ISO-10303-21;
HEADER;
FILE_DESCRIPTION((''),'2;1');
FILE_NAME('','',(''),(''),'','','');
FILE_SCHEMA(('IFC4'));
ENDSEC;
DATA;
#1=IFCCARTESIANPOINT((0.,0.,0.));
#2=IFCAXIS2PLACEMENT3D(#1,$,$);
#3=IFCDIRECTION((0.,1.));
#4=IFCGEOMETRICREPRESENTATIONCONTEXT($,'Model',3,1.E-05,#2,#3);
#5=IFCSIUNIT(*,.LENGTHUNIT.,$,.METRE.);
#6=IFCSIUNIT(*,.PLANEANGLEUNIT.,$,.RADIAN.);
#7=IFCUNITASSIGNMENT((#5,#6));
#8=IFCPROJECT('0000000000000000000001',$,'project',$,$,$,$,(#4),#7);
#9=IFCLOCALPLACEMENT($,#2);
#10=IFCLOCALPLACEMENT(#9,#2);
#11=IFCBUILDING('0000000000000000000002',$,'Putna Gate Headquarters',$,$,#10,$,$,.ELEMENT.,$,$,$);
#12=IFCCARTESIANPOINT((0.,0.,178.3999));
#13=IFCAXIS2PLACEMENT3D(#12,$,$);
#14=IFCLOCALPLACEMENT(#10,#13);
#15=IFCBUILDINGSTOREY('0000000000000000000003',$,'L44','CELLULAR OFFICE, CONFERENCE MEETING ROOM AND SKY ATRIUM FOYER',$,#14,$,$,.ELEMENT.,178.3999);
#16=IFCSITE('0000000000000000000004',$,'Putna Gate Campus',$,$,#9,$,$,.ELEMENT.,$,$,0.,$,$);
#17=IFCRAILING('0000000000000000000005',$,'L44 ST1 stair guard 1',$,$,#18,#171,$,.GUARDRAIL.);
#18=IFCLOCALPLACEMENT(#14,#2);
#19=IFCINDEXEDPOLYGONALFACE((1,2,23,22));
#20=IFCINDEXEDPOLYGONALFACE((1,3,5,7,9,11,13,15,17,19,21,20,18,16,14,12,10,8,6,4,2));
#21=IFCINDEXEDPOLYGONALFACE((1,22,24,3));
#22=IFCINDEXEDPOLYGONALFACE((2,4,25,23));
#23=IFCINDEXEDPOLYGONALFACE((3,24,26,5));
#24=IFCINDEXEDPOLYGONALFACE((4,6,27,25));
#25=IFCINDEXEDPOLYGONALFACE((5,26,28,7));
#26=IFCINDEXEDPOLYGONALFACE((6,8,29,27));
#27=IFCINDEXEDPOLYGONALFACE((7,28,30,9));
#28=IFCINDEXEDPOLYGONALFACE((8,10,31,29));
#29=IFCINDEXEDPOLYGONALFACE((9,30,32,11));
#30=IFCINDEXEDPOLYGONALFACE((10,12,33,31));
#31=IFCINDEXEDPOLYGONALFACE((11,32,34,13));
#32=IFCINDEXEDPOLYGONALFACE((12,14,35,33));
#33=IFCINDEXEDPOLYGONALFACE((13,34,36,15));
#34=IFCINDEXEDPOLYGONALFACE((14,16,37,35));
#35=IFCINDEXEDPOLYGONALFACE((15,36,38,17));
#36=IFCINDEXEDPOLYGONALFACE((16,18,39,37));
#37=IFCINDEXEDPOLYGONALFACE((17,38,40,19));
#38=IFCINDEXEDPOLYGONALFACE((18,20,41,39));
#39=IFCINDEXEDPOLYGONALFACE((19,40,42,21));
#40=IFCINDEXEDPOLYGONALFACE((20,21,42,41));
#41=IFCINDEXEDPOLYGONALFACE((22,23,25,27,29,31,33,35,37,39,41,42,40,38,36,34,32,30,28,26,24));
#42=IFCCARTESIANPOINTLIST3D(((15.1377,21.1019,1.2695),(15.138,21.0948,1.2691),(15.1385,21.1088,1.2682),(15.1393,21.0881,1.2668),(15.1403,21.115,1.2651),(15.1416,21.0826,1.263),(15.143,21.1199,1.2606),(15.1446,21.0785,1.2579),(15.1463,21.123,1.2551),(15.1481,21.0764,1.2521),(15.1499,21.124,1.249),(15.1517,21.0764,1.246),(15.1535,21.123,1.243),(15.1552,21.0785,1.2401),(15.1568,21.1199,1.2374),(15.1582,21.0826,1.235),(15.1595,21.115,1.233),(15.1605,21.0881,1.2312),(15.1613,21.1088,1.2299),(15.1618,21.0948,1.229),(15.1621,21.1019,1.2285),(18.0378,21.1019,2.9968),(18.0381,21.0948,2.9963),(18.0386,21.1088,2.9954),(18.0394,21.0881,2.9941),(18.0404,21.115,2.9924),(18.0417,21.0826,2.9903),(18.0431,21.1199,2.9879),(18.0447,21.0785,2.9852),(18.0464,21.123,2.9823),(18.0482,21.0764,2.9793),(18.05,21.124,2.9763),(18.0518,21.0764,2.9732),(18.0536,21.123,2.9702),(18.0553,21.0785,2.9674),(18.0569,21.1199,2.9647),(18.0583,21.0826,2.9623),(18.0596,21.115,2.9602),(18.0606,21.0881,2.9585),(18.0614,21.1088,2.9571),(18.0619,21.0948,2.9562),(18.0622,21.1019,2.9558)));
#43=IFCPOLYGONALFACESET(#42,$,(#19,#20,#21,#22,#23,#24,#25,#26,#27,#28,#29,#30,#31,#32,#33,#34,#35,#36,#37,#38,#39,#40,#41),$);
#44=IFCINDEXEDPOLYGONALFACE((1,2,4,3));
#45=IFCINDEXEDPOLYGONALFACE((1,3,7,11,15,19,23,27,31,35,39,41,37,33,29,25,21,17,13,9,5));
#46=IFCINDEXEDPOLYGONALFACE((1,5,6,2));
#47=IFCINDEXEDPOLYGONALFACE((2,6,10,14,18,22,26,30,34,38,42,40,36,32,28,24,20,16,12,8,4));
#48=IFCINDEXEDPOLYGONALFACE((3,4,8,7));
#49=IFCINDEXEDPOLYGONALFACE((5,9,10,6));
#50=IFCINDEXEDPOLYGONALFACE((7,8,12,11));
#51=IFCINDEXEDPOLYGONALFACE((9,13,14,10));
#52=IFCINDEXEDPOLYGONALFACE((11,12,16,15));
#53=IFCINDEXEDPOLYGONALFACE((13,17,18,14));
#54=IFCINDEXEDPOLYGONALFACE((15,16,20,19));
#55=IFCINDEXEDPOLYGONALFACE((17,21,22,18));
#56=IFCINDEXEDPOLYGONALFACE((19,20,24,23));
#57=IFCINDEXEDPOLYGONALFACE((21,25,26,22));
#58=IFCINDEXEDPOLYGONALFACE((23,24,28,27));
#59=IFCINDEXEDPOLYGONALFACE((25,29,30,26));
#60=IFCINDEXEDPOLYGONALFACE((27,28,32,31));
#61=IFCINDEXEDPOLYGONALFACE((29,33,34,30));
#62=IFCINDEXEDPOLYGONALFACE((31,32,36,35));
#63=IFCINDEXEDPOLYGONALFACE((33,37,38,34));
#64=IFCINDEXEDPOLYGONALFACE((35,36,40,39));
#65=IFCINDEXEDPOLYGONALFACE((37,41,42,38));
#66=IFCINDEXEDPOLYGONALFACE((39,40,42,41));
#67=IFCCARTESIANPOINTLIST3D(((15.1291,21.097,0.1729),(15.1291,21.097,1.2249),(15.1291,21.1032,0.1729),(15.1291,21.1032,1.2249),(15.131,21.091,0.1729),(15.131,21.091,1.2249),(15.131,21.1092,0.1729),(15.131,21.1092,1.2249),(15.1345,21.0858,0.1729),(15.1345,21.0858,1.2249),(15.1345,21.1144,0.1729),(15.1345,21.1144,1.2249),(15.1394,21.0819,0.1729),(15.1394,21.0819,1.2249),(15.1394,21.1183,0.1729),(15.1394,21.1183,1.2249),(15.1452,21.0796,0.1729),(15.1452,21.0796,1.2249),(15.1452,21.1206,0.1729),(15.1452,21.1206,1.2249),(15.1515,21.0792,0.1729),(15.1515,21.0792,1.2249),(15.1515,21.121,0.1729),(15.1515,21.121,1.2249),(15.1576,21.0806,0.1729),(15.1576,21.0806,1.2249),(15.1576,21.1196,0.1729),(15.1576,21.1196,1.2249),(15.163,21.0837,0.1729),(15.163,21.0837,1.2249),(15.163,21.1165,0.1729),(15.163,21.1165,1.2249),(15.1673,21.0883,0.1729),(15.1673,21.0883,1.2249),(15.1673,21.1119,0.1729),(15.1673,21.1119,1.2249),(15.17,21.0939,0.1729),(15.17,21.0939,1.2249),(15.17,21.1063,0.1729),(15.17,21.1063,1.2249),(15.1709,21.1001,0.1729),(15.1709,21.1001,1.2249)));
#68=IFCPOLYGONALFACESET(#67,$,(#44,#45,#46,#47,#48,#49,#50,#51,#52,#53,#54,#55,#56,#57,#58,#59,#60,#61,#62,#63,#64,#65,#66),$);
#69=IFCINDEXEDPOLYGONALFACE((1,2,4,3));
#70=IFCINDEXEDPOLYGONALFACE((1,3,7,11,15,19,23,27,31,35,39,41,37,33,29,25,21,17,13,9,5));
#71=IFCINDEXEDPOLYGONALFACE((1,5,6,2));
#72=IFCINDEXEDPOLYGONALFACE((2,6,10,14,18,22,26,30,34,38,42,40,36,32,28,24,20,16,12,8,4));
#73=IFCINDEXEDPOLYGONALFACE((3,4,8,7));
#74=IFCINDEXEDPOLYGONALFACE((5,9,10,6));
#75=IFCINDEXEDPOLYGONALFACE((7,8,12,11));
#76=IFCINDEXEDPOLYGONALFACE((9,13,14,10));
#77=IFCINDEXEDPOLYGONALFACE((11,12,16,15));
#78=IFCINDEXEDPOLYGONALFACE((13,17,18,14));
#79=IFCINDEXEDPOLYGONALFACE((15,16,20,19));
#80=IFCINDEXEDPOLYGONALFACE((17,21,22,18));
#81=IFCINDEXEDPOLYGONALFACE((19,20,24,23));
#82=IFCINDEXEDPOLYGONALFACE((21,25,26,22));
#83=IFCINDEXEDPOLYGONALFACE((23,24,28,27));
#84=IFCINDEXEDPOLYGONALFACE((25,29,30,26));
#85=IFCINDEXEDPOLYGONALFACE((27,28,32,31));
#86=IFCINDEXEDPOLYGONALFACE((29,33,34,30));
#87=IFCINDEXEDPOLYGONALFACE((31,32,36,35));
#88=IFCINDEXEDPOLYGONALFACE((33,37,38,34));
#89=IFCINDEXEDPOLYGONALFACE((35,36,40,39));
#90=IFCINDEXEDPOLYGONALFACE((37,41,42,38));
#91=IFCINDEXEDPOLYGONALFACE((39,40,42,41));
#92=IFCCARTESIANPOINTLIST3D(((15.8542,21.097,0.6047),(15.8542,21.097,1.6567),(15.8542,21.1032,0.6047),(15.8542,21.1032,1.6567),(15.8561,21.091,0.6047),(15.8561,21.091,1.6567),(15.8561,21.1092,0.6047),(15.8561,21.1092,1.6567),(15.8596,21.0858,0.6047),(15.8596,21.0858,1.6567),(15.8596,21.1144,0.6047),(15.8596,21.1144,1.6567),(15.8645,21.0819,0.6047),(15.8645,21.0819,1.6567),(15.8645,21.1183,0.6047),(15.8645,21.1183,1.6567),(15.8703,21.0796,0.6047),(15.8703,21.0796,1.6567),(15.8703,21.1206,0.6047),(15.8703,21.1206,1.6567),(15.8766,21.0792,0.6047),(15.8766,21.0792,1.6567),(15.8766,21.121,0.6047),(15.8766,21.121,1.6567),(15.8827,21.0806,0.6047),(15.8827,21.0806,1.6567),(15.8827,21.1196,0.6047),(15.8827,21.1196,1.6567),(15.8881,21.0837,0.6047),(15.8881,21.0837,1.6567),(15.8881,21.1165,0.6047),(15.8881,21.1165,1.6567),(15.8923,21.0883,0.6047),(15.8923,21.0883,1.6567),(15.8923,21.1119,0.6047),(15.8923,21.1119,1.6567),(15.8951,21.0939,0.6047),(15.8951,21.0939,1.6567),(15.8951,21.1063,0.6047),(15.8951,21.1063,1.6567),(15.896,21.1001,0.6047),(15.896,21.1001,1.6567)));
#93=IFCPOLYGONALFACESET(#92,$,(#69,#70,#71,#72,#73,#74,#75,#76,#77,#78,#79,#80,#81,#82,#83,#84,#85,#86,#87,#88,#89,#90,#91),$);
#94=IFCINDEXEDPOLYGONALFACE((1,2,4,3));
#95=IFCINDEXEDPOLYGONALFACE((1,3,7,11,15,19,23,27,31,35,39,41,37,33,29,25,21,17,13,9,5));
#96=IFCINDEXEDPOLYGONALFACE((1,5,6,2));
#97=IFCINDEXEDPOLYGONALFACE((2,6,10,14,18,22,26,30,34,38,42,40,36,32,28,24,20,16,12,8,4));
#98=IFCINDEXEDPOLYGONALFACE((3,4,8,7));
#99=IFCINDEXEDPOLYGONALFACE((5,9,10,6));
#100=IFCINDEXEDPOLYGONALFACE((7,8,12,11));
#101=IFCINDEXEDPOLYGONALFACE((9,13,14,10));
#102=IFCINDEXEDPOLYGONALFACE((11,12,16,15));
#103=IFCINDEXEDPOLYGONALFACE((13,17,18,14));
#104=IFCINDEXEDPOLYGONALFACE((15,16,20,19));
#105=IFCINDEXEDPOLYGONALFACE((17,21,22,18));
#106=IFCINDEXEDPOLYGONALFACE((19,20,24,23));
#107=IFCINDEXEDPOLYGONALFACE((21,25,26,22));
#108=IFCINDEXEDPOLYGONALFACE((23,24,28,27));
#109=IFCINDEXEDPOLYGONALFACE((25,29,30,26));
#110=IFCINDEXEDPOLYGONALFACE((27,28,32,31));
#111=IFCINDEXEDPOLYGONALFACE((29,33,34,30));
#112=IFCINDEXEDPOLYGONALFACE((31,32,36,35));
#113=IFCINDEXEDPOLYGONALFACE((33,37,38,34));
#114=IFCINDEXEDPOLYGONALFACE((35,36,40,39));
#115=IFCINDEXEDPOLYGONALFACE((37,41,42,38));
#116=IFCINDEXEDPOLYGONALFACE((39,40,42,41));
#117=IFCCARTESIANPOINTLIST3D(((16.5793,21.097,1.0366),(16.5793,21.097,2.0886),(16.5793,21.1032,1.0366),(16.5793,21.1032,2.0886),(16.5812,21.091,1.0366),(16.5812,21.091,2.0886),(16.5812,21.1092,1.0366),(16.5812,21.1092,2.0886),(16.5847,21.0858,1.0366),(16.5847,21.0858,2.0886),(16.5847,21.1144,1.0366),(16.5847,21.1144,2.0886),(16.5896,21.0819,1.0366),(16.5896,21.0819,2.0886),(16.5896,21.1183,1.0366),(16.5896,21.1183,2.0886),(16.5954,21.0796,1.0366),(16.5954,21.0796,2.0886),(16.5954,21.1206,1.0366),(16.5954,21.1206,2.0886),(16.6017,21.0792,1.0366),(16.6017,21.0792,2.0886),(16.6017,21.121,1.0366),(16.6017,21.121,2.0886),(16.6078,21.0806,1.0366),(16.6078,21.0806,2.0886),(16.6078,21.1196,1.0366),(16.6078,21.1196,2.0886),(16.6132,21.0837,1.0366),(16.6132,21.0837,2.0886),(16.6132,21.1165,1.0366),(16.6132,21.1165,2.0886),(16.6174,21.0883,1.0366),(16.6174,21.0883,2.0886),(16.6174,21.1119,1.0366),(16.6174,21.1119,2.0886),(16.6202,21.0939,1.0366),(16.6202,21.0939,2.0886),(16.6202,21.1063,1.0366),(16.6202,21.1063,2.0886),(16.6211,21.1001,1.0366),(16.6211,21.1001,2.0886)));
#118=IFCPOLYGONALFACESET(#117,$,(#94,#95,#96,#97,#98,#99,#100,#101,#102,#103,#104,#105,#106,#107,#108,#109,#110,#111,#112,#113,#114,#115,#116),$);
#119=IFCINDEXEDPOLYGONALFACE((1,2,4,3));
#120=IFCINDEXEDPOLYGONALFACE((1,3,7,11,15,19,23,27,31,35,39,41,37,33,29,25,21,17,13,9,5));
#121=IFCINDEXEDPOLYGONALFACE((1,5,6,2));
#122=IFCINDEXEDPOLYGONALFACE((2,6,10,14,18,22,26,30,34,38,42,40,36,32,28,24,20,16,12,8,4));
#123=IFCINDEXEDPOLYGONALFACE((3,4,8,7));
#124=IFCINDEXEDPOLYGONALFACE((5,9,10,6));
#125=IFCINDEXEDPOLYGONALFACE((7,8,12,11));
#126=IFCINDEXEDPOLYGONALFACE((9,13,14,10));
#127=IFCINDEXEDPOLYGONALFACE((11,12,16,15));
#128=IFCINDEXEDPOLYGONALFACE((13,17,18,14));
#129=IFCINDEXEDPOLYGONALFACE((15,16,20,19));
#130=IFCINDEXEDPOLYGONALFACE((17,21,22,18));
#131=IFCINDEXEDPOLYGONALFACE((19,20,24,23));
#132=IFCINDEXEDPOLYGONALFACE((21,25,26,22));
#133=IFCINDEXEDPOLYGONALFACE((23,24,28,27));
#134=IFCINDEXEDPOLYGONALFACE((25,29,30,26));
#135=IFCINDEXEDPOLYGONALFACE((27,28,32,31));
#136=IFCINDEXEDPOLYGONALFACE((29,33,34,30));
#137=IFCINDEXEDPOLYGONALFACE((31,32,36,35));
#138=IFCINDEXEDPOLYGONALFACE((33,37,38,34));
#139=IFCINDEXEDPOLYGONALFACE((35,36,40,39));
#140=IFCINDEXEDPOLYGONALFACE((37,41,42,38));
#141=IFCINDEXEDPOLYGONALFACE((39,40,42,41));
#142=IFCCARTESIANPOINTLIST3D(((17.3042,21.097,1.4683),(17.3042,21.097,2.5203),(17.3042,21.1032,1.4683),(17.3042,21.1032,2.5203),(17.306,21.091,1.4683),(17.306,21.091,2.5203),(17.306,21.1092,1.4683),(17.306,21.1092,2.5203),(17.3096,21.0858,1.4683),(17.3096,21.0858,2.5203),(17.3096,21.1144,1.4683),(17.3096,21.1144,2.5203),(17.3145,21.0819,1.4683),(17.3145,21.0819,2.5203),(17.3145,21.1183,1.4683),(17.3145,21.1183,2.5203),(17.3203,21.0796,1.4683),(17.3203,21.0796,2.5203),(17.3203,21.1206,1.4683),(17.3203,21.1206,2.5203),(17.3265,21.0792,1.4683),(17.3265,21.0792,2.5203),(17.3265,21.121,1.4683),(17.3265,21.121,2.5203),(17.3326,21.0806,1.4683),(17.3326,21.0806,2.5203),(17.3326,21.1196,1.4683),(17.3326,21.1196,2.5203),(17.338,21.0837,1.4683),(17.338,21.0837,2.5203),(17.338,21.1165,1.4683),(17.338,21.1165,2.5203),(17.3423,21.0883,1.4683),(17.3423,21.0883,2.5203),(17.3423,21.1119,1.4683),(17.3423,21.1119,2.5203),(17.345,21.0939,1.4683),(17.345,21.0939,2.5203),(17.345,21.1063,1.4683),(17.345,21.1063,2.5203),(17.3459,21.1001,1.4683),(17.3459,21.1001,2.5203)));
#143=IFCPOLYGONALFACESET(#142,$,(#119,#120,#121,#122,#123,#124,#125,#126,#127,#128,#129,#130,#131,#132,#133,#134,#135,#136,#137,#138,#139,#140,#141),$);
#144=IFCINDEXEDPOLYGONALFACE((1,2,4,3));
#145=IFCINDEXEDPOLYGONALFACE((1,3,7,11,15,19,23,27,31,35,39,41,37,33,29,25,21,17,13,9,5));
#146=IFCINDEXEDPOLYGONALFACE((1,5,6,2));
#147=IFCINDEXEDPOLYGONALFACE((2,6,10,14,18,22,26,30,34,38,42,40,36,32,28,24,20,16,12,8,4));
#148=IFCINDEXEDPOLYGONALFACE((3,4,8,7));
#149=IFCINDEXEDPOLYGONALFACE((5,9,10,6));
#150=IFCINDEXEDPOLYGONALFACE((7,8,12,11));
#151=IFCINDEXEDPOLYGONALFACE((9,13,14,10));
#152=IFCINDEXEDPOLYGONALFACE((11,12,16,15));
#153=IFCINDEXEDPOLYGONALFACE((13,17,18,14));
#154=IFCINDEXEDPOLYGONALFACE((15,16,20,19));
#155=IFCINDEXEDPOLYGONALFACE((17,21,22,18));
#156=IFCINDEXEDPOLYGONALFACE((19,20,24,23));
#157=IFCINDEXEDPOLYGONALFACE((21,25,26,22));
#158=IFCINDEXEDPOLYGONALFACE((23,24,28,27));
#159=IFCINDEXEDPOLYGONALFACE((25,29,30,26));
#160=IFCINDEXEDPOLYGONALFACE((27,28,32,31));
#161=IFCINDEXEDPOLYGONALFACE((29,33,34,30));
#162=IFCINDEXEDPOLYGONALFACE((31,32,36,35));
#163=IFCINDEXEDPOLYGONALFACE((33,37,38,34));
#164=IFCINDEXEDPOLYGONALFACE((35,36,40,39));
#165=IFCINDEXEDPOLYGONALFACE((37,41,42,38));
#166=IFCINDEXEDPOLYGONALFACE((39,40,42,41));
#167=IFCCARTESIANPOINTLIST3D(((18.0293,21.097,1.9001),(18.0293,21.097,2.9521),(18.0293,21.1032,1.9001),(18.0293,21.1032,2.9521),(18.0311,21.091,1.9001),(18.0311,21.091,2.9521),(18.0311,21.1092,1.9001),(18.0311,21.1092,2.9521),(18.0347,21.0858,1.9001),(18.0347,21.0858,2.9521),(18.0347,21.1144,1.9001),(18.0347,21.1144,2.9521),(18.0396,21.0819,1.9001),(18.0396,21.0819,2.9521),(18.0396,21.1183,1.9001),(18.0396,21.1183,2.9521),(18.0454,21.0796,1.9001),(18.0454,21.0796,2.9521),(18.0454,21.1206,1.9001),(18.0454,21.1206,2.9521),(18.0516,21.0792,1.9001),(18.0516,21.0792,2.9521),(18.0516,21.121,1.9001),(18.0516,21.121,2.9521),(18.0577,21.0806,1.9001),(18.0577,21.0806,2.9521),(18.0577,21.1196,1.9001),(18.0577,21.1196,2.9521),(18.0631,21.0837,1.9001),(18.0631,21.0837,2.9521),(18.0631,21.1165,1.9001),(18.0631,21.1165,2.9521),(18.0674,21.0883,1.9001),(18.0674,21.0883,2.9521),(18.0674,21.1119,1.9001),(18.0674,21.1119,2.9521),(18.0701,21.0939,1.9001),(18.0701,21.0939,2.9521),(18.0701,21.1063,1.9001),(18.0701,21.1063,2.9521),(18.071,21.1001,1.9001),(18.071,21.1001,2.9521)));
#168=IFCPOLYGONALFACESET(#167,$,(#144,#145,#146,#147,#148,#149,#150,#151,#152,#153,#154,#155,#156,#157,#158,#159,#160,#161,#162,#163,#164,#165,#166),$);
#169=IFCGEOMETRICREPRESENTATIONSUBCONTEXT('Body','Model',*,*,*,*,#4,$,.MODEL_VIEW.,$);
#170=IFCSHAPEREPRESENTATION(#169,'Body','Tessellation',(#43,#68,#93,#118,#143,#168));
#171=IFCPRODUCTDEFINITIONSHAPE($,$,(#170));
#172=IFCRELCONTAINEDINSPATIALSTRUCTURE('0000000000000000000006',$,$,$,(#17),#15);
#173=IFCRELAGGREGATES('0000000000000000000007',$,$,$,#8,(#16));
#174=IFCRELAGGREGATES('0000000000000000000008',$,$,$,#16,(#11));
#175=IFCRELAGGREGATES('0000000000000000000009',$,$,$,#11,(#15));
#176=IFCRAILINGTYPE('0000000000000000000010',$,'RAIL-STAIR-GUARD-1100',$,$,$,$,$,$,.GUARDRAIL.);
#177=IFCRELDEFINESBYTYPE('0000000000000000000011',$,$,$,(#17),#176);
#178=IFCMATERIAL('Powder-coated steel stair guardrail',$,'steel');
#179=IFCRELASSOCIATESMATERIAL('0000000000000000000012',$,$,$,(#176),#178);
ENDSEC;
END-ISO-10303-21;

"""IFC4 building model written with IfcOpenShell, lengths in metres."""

from ifc_helpers import new_model, si_unit, direction, frame, origin, origin_2d, place, context, subcontext, project, spatial, circle, extrude, material, type_object, element, save


model = new_model("IFC4")

# Units and contexts
model_context = context("Model", 3, precision=1e-05, world=origin(), true_north=direction((0.0, 1.0)))
body_context = subcontext(model_context, "Body", "Model", "MODEL_VIEW")
ifc_project = project(units=[si_unit("LENGTHUNIT", "METRE"), si_unit("PLANEANGLEUNIT", "RADIAN")], contexts=[model_context])

# Site, building, storey
site_placement = place(None, origin())
site = spatial("IfcSite", under=ifc_project, at=site_placement, Name="Putna Gate Campus", CompositionType="ELEMENT", RefElevation=0.0)
building_placement = place(site_placement, origin())
building = spatial("IfcBuilding", under=site, at=building_placement, Name="Putna Gate Headquarters", CompositionType="ELEMENT")
storey_placement = place(building_placement, frame((0.0, 0.0, 178.3999)))
storey = spatial("IfcBuildingStorey", under=building, at=storey_placement, Name="L44", Description="CELLULAR OFFICE, CONFERENCE MEETING ROOM AND SKY ATRIUM FOYER", CompositionType="ELEMENT", Elevation=178.3999)

# Railing
ifc_material_1 = material(Name="Powder-coated steel stair guardrail", Category="steel")
railing_type = type_object("IfcRailingType", Name="RAIL-STAIR-GUARD-1100", PredefinedType="GUARDRAIL", material=ifc_material_1)
railing_1_placement = place(storey_placement, frame((15.1499, 21.1001, 0.1729)))
element("IfcRailing", 1, at=railing_1_placement, inside=storey, type_object=railing_type, Name="L44 ST1 stair guard 1", PredefinedType="GUARDRAIL", context=body_context, shape_type="SweptSolid", body=[
    extrude(circle(Radius=0.0239, at=origin_2d()), frame((0.0, 0.0, 1.0762), z_axis=(0.85916, 0.0, 0.511706), x_axis=(0.0, 1.0, 0.0)), (0.0, 0.0, 1.0), 3.3755),
    extrude(circle(Radius=0.021, at=origin_2d()), origin(), (0.0, 0.0, 1.0), 1.052),
    extrude(circle(Radius=0.021, at=origin_2d()), frame((0.7251, 0.0, 0.4319)), (0.0, 0.0, 1.0), 1.052),
    extrude(circle(Radius=0.021, at=origin_2d()), frame((1.4502, 0.0, 0.8638)), (0.0, 0.0, 1.0), 1.052),
    extrude(circle(Radius=0.021, at=origin_2d()), frame((2.175, 0.0, 1.2954)), (0.0, 0.0, 1.0), 1.052),
    extrude(circle(Radius=0.021, at=origin_2d()), frame((2.9001, 0.0, 1.7273)), (0.0, 0.0, 1.0), 1.052),
])

save(model, "model.ifc")
